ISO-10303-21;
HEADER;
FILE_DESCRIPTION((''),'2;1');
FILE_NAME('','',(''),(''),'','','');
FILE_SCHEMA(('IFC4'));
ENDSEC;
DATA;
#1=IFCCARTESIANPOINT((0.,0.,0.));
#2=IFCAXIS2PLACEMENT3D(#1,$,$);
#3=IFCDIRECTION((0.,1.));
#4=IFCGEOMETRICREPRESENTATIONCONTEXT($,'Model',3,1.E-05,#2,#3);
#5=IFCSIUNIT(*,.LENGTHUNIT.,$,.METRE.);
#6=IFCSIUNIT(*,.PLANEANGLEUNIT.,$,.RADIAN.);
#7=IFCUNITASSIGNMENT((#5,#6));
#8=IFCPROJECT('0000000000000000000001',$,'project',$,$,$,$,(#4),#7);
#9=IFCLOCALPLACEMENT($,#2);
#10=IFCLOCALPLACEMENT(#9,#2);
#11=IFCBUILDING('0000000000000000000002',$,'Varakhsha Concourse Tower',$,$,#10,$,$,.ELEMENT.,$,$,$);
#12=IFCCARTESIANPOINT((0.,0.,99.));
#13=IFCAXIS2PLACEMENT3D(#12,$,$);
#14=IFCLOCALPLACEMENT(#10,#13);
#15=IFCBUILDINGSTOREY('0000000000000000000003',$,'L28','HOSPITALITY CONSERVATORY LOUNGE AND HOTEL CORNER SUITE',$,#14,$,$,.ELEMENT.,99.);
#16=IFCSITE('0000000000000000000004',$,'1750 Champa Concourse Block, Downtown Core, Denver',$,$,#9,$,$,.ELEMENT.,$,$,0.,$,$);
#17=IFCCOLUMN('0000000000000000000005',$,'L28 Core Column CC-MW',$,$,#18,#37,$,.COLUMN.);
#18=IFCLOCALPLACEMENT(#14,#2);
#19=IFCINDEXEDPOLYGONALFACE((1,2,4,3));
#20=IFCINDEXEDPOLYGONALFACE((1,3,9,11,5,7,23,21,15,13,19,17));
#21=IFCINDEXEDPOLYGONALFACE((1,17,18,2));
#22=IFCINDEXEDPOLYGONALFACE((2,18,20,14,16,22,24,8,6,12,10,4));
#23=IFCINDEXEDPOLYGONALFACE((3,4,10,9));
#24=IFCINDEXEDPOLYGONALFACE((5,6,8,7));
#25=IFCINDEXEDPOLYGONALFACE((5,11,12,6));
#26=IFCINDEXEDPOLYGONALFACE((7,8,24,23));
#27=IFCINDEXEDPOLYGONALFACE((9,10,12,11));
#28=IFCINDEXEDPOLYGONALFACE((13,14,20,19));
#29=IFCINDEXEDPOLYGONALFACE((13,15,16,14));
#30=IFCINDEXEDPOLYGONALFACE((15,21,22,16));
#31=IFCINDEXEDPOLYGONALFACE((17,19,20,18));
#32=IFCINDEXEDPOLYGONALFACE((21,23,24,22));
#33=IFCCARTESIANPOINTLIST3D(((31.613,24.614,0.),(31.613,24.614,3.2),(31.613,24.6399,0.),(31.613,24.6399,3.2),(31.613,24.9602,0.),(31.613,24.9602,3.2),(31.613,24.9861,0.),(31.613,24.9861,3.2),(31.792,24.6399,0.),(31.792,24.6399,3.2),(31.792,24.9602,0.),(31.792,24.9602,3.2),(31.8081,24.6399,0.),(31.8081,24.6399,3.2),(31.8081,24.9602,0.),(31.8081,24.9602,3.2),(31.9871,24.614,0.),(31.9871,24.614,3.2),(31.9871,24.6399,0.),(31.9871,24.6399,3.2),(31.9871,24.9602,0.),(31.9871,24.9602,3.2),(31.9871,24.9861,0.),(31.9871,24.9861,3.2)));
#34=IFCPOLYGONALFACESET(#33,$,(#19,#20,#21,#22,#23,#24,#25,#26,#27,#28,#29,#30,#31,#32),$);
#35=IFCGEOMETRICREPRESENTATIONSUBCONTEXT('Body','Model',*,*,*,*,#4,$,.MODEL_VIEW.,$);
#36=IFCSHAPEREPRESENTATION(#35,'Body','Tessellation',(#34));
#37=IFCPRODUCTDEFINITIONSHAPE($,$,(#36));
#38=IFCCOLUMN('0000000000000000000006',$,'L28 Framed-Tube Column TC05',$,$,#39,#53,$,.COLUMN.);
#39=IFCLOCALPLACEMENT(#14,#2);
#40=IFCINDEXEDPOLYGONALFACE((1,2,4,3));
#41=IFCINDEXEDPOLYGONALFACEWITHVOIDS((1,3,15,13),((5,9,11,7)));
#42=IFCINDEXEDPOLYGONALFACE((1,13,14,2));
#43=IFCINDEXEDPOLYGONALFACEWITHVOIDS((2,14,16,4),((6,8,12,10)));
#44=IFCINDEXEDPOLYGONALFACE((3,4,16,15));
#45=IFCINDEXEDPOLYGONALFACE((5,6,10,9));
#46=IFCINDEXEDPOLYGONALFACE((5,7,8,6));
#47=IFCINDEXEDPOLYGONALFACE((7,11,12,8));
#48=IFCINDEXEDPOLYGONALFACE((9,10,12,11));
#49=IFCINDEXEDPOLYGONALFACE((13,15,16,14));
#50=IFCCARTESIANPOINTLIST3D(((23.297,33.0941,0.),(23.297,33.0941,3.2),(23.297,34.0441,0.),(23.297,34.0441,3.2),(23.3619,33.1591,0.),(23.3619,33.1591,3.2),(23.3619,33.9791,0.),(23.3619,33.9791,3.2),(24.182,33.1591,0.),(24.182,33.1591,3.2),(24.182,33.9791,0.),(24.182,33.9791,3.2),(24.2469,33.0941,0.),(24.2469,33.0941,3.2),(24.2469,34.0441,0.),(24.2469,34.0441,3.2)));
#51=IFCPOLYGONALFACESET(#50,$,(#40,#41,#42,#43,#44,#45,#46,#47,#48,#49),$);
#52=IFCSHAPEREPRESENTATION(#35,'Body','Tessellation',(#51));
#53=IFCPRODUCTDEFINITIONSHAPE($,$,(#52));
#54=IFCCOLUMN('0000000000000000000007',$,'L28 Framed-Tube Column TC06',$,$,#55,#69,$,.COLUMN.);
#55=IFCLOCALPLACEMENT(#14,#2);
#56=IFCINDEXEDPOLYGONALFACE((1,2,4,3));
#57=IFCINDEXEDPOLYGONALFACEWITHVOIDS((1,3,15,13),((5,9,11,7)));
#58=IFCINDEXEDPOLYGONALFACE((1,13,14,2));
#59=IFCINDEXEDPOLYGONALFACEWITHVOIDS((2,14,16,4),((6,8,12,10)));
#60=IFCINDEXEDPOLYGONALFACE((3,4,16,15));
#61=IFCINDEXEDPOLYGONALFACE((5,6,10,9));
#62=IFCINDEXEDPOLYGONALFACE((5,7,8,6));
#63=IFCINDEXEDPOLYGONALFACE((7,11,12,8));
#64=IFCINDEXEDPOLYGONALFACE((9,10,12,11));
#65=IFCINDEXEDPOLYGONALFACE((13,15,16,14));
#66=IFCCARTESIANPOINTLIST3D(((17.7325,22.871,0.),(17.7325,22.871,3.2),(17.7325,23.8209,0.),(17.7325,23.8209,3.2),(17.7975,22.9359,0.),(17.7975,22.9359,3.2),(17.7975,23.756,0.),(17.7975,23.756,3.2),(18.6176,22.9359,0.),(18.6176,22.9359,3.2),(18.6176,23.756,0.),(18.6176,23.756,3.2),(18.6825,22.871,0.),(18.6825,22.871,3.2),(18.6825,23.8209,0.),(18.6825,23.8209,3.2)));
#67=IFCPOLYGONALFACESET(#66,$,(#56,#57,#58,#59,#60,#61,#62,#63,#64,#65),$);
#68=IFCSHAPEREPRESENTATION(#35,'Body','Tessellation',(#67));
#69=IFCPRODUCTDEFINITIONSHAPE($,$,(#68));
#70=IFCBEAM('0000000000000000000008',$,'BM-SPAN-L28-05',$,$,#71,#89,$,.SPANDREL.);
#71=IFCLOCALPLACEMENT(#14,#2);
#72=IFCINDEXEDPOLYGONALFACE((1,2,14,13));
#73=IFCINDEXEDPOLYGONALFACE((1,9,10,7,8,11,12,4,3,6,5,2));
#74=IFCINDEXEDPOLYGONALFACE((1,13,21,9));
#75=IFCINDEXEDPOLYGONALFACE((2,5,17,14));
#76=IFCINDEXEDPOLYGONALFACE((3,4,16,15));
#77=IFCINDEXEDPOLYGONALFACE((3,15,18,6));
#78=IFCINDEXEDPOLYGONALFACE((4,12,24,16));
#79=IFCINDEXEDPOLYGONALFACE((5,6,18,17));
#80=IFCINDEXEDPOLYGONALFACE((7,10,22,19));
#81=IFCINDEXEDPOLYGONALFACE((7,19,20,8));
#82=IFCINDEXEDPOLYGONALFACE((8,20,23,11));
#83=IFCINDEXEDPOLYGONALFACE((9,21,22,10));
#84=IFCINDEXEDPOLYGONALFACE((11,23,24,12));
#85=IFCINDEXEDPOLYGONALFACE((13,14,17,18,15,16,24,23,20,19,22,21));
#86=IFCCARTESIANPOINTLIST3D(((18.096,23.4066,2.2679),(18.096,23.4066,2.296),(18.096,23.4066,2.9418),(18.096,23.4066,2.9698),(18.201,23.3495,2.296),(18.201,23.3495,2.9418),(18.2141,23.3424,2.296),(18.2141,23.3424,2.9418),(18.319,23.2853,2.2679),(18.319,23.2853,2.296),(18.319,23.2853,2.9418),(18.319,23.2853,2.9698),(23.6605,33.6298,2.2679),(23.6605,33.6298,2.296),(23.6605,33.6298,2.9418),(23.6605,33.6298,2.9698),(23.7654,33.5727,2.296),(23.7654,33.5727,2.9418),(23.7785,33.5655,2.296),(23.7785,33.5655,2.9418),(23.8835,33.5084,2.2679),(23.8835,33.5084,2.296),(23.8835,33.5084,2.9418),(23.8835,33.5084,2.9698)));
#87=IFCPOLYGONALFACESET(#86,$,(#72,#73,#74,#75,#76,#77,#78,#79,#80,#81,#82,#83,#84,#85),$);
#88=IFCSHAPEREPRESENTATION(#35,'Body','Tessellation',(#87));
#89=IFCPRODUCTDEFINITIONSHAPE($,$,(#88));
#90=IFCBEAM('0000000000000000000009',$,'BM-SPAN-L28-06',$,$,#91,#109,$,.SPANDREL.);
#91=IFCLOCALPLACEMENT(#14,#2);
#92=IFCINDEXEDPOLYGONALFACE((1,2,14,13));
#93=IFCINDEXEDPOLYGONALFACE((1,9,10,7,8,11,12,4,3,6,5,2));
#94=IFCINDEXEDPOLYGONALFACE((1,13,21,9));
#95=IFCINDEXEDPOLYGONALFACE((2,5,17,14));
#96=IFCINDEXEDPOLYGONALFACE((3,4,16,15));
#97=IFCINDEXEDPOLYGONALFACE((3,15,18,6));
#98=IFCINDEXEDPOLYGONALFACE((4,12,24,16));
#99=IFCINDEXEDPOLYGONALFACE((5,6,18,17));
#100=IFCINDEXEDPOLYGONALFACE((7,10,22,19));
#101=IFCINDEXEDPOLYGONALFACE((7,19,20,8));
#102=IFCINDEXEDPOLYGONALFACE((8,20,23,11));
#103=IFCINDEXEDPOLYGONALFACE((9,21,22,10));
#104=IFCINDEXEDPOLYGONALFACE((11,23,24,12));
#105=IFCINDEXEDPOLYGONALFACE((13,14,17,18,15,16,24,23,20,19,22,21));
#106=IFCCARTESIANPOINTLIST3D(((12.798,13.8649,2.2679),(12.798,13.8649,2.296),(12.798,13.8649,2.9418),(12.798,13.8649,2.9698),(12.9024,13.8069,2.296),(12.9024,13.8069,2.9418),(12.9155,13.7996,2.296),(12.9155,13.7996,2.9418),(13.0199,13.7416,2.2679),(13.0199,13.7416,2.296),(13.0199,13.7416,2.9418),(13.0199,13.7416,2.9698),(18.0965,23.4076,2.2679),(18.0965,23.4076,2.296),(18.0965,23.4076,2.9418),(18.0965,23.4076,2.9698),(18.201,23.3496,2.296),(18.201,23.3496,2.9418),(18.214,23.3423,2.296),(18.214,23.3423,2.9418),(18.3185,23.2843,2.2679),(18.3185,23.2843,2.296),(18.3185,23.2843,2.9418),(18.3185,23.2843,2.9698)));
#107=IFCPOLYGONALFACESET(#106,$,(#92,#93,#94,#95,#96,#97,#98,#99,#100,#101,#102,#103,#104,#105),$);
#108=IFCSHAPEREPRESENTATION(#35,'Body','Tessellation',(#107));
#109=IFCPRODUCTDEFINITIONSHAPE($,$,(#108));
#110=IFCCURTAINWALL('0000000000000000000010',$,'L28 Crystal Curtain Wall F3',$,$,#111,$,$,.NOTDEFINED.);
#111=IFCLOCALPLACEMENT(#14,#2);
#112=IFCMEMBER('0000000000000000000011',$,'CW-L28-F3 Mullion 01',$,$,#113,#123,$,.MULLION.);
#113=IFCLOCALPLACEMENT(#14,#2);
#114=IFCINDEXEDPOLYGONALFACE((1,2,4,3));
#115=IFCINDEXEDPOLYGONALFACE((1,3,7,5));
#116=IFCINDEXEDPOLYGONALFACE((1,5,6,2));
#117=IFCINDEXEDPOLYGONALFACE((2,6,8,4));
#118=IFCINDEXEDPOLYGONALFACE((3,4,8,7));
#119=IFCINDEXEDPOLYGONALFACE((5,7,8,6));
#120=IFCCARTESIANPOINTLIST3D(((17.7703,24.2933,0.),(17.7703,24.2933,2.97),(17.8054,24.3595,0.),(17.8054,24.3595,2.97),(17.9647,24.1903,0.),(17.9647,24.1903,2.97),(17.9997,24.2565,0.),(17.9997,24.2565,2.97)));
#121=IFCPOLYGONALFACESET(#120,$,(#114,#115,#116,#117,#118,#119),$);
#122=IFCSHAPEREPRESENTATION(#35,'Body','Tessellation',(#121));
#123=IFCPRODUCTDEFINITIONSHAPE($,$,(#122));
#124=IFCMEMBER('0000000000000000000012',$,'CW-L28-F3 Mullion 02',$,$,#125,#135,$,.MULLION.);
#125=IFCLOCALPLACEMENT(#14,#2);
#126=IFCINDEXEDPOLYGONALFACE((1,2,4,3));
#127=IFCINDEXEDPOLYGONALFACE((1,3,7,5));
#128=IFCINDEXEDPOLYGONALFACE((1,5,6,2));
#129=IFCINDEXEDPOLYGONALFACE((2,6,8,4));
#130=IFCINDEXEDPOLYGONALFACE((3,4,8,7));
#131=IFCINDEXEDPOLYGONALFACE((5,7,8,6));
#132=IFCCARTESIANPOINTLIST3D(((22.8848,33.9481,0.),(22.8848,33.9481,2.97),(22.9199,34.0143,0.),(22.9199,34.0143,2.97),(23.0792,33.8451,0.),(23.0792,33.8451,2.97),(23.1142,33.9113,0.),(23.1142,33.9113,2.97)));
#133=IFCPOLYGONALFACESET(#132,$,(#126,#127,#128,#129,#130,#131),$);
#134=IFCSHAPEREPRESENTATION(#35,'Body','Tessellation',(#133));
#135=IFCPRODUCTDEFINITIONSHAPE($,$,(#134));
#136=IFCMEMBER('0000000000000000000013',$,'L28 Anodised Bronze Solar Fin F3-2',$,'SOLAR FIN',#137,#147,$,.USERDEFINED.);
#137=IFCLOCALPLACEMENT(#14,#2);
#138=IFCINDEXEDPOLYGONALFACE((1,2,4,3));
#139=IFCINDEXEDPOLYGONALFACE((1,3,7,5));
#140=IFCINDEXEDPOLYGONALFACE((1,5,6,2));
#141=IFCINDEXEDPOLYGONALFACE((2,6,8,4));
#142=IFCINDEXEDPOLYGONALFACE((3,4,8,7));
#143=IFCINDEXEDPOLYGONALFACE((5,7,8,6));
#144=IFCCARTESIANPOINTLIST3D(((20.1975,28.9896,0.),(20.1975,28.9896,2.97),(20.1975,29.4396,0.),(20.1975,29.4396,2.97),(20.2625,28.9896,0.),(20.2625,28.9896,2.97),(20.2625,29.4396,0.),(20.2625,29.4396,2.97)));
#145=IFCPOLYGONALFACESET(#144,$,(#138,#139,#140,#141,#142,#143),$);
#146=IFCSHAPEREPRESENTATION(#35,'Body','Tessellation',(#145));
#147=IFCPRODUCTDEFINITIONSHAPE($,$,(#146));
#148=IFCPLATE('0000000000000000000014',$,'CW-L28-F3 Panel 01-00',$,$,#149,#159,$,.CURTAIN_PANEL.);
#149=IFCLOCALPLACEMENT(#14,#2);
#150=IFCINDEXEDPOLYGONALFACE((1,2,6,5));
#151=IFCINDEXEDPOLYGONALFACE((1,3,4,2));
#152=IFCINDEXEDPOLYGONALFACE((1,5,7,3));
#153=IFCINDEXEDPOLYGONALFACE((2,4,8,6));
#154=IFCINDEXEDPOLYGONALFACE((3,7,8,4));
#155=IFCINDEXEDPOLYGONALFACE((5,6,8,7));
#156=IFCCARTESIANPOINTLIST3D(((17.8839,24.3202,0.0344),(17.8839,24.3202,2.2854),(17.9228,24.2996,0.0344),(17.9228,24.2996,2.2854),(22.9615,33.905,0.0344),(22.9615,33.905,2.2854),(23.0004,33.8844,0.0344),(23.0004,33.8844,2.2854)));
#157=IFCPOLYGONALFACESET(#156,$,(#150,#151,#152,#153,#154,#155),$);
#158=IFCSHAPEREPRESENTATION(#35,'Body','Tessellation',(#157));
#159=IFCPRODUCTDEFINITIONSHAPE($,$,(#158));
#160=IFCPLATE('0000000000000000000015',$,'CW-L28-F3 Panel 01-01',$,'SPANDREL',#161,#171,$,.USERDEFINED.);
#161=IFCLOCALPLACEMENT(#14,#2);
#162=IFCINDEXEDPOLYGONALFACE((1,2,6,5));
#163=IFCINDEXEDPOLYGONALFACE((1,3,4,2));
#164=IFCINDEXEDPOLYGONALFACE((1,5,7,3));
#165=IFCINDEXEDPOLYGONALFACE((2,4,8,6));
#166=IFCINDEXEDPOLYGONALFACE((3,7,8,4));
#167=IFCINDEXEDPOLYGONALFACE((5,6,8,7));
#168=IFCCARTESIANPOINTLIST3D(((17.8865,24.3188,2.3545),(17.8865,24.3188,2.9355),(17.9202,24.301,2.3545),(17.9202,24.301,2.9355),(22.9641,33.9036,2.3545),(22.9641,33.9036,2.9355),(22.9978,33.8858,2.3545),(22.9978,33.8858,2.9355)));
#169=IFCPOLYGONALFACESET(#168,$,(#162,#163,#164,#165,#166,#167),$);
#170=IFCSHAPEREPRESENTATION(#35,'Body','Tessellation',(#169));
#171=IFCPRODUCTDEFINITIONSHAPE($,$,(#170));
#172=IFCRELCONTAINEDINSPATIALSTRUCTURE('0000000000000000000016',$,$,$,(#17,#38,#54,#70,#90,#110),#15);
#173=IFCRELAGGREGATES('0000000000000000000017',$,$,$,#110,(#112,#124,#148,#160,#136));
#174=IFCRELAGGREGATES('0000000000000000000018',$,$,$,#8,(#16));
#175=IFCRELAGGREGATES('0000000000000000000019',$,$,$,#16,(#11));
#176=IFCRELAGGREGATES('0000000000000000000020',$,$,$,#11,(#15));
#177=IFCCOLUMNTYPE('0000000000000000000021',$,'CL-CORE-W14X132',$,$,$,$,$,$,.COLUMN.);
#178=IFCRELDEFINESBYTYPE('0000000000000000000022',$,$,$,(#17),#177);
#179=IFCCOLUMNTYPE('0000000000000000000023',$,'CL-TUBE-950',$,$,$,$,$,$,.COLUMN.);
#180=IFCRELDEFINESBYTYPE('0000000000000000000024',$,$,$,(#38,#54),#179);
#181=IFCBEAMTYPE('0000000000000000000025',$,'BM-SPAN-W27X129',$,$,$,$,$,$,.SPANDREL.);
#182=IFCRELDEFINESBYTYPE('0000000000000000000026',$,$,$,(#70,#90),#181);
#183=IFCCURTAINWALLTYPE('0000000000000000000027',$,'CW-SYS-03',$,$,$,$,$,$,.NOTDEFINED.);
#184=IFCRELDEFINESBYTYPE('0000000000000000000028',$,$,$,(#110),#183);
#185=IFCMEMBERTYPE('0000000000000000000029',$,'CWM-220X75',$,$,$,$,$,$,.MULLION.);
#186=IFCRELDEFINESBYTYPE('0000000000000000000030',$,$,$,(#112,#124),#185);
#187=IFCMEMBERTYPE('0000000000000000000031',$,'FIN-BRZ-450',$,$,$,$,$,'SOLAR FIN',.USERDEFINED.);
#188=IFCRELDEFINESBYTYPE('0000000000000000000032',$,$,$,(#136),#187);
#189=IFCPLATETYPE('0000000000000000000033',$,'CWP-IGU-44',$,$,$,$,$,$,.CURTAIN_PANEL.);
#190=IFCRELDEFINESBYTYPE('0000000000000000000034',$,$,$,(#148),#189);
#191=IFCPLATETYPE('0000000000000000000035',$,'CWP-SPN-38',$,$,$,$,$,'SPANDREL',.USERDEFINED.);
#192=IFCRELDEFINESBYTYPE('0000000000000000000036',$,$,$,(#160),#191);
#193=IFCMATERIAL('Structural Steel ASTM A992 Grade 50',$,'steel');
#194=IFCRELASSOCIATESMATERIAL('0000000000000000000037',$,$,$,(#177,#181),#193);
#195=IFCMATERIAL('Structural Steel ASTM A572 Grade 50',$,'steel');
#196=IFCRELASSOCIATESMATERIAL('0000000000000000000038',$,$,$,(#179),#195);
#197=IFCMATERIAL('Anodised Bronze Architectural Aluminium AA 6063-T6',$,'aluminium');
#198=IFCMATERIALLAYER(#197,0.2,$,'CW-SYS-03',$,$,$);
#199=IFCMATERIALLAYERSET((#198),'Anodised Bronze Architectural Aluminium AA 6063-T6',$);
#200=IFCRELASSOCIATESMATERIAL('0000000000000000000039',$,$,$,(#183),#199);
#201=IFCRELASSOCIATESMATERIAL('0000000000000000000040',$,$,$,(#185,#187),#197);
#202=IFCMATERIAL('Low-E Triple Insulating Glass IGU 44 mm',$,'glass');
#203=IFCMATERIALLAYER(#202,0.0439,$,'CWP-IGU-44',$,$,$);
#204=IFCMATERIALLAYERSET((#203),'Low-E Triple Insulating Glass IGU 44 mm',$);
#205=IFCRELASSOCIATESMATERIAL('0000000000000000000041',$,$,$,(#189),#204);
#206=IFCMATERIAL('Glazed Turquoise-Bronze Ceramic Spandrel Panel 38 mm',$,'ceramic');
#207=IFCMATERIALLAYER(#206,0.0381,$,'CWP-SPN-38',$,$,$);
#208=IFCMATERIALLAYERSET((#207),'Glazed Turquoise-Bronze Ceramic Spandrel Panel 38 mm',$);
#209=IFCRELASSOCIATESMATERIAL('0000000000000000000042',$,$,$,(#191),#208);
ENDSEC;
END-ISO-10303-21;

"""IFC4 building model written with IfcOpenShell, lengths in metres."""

from ifc_helpers import new_model, si_unit, direction, frame, origin, origin_2d, place, context, subcontext, project, spatial, rectangle, hollow_rectangle, i_section, extrude, source, transform, mapped, material, layer, layer_set, material_profile, profile_set, type_object, type_shapes, element, aggregate, save


model = new_model("IFC4")

# Units and contexts
model_context = context("Model", 3, precision=1e-05, world=origin(), true_north=direction((0.0, 1.0)))
body_context = subcontext(model_context, "Body", "Model", "MODEL_VIEW")
ifc_project = project(units=[si_unit("LENGTHUNIT", "METRE"), si_unit("PLANEANGLEUNIT", "RADIAN")], contexts=[model_context])

# Site, building, storey
site_placement = place(None, origin())
site = spatial("IfcSite", under=ifc_project, at=site_placement, Name="1750 Champa Concourse Block, Downtown Core, Denver", CompositionType="ELEMENT", RefElevation=0.0)
building_placement = place(site_placement, origin())
building = spatial("IfcBuilding", under=site, at=building_placement, Name="Varakhsha Concourse Tower", CompositionType="ELEMENT")
storey_placement = place(building_placement, frame((0.0, 0.0, 99.0)))
storey = spatial("IfcBuildingStorey", under=building, at=storey_placement, Name="L28", Description="HOSPITALITY CONSERVATORY LOUNGE AND HOTEL CORNER SUITE", CompositionType="ELEMENT", Elevation=99.0)

# Columns
ifc_material_1 = material(Name="Structural Steel ASTM A992 Grade 50", Category="steel")
ifc_material_profile_1 = material_profile(ifc_material_1, i_section(OverallWidth=0.374, OverallDepth=0.3721, WebThickness=0.0161, FlangeThickness=0.0259, at=origin_2d()), Name="W14X132")
ifc_profile_set_1 = profile_set([ifc_material_profile_1], Name="Structural Steel ASTM A992 Grade 50")
column_type_1 = type_object("IfcColumnType", Name="CL-CORE-W14X132", PredefinedType="COLUMN", material=ifc_profile_set_1)
column_placement = place(storey_placement, frame((31.8, 24.8, 0.0), z_axis=(0.0, 0.0, 1.0), x_axis=(1.0, 0.0, 0.0)))
element("IfcColumn", 1, at=column_placement, inside=storey, type_object=column_type_1, Name="L28 Core Column CC-MW", PredefinedType="COLUMN", context=body_context, shape_type="SweptSolid", body=[
    extrude(i_section(OverallWidth=0.374, OverallDepth=0.3721, WebThickness=0.0161, FlangeThickness=0.0259, at=origin_2d()), origin(), (0.0, 0.0, 1.0), 3.2),
])
ifc_material_2 = material(Name="Structural Steel ASTM A572 Grade 50", Category="steel")
ifc_material_profile_2 = material_profile(ifc_material_2, hollow_rectangle(XDim=0.95, YDim=0.95, WallThickness=0.0649, at=origin_2d()), Name="BOX 950x950x65")
ifc_profile_set_2 = profile_set([ifc_material_profile_2], Name="Structural Steel ASTM A572 Grade 50")
column_type_2 = type_object("IfcColumnType", Name="CL-TUBE-950", PredefinedType="COLUMN", material=ifc_profile_set_2)
for number, where, z_axis, x_axis, name in (
    (2, (23.772, 33.5691, 0.0), (0.0, 0.0, 1.0), (1.0, 0.0, 0.0), "L28 Framed-Tube Column TC05"),
    (3, (18.2075, 23.3459, 0.0), (0.0, 0.0, 1.0), (1.0, 0.0, 0.0), "L28 Framed-Tube Column TC06"),
):
    element("IfcColumn", number, at=place(storey_placement, frame(where, z_axis=z_axis, x_axis=x_axis)), inside=storey, type_object=column_type_2, Name=name, PredefinedType="COLUMN", context=body_context, shape_type="SweptSolid", body=[
        extrude(hollow_rectangle(XDim=0.95, YDim=0.95, WallThickness=0.0649, at=origin_2d()), origin(), (0.0, 0.0, 1.0), 3.2),
    ])

# Beams
ifc_material_profile_3 = material_profile(ifc_material_1, i_section(OverallWidth=0.2539, OverallDepth=0.7019, WebThickness=0.0149, FlangeThickness=0.0281, at=origin_2d()), Name="W27X129")
ifc_profile_set_3 = profile_set([ifc_material_profile_3], Name="Structural Steel ASTM A992 Grade 50")
beam_type = type_object("IfcBeamType", Name="BM-SPAN-W27X129", PredefinedType="SPANDREL", material=ifc_profile_set_3)
beam_1_placement = place(storey_placement, frame((23.772, 33.5691, 2.6189), z_axis=(-0.47807, -0.878322, 0.0), x_axis=(0.878322, -0.47807, 0.0)))
element("IfcBeam", 4, at=beam_1_placement, inside=storey, type_object=beam_type, Name="BM-SPAN-L28-05", PredefinedType="SPANDREL", context=body_context, shape_type="SweptSolid", body=[
    extrude(i_section(OverallWidth=0.2539, OverallDepth=0.7019, WebThickness=0.0149, FlangeThickness=0.0281, at=origin_2d()), origin(), (0.0, 0.0, 1.0), 11.6394),
])
beam_2_placement = place(storey_placement, frame((18.2075, 23.3459, 2.6189), z_axis=(-0.485438, -0.874271, 0.0), x_axis=(0.874271, -0.485438, 0.0)))
element("IfcBeam", 5, at=beam_2_placement, inside=storey, type_object=beam_type, Name="BM-SPAN-L28-06", PredefinedType="SPANDREL", context=body_context, shape_type="SweptSolid", body=[
    extrude(i_section(OverallWidth=0.2539, OverallDepth=0.7019, WebThickness=0.0149, FlangeThickness=0.0281, at=origin_2d()), origin(), (0.0, 0.0, 1.0), 10.915),
])

# Curtain wall, members, plates
ifc_material_3 = material(Name="Anodised Bronze Architectural Aluminium AA 6063-T6", Category="aluminium")
ifc_layer_1 = layer(ifc_material_3, 0.2, Name="CW-SYS-03")
ifc_layer_set_1 = layer_set([ifc_layer_1], Name="Anodised Bronze Architectural Aluminium AA 6063-T6")
curtain_wall_type = type_object("IfcCurtainWallType", Name="CW-SYS-03", PredefinedType="NOTDEFINED", material=ifc_layer_set_1)
curtain_wall_placement = place(storey_placement, origin())
curtain_wall = element("IfcCurtainWall", 6, at=curtain_wall_placement, inside=storey, type_object=curtain_wall_type, Name="L28 Crystal Curtain Wall F3", PredefinedType="NOTDEFINED")
ifc_material_profile_4 = material_profile(ifc_material_3, rectangle(XDim=0.075, YDim=0.22, at=origin_2d()), Name="CWM-220X75")
ifc_profile_set_4 = profile_set([ifc_material_profile_4], Name="Anodised Bronze Architectural Aluminium AA 6063-T6")
member_type_1 = type_object("IfcMemberType", Name="CWM-220X75", PredefinedType="MULLION", material=ifc_profile_set_4)
shared_shape_1 = source(origin(), body_context, "Body", "SweptSolid", [
    extrude(rectangle(XDim=0.075, YDim=0.22, at=origin_2d()), origin(), (0.0, 0.0, 1.0), 2.97),
])
type_shapes(member_type_1, [shared_shape_1])
member_1_placement = place(storey_placement, frame((17.885, 24.2749, 0.0), z_axis=(0.0, 0.0, 1.0), x_axis=(0.468124, 0.883663, 0.0)))
member_1 = element("IfcMember", 7, at=member_1_placement, type_object=member_type_1, Name="CW-L28-F3 Mullion 01", PredefinedType="MULLION", context=body_context, shape_type="MappedRepresentation", body=[
    mapped(shared_shape_1, transform((0.0, 0.0, 0.0), scale=1.0)),
])
member_2_placement = place(storey_placement, frame((22.9995, 33.9297, 0.0), z_axis=(0.0, 0.0, 1.0), x_axis=(0.468124, 0.883663, 0.0)))
member_2 = element("IfcMember", 8, at=member_2_placement, type_object=member_type_1, Name="CW-L28-F3 Mullion 02", PredefinedType="MULLION", context=body_context, shape_type="MappedRepresentation", body=[
    mapped(shared_shape_1, transform((0.0, 0.0, 0.0), scale=1.0)),
])
ifc_material_profile_5 = material_profile(ifc_material_3, rectangle(XDim=0.0649, YDim=0.45, at=origin_2d()), Name="FIN-BRZ-450")
ifc_profile_set_5 = profile_set([ifc_material_profile_5], Name="Anodised Bronze Architectural Aluminium AA 6063-T6")
member_type_2 = type_object("IfcMemberType", Name="FIN-BRZ-450", ElementType="SOLAR FIN", PredefinedType="USERDEFINED", material=ifc_profile_set_5)
shared_shape_2 = source(origin(), body_context, "Body", "SweptSolid", [
    extrude(rectangle(XDim=0.0649, YDim=0.45, at=origin_2d()), origin(), (0.0, 0.0, 1.0), 2.97),
])
type_shapes(member_type_2, [shared_shape_2])
member_3_placement = place(storey_placement, frame((20.23, 29.2146, 0.0), z_axis=(0.0, 0.0, 1.0), x_axis=(1.0, 0.0, 0.0)))
member_3 = element("IfcMember", 9, at=member_3_placement, type_object=member_type_2, Name="L28 Anodised Bronze Solar Fin F3-2", ObjectType="SOLAR FIN", PredefinedType="USERDEFINED", context=body_context, shape_type="MappedRepresentation", body=[
    mapped(shared_shape_2, transform((0.0, 0.0, 0.0), scale=1.0)),
])
ifc_material_4 = material(Name="Low-E Triple Insulating Glass IGU 44 mm", Category="glass")
ifc_layer_2 = layer(ifc_material_4, 0.0439, Name="CWP-IGU-44")
ifc_layer_set_2 = layer_set([ifc_layer_2], Name="Low-E Triple Insulating Glass IGU 44 mm")
plate_type_1 = type_object("IfcPlateType", Name="CWP-IGU-44", PredefinedType="CURTAIN_PANEL", material=ifc_layer_set_2)
shared_shape_3 = source(origin(), body_context, "Body", "SweptSolid", [
    extrude(rectangle(XDim=10.8467, YDim=0.0439, at=origin_2d()), origin(), (0.0, 0.0, 1.0), 2.251),
])
type_shapes(plate_type_1, [shared_shape_3])
plate_1_placement = place(storey_placement, frame((20.4421, 29.1023, 0.0344), z_axis=(0.0, 0.0, 1.0), x_axis=(0.468124, 0.883663, 0.0)))
plate_1 = element("IfcPlate", 10, at=plate_1_placement, type_object=plate_type_1, Name="CW-L28-F3 Panel 01-00", PredefinedType="CURTAIN_PANEL", context=body_context, shape_type="MappedRepresentation", body=[
    mapped(shared_shape_3, transform((0.0, 0.0, 0.0), scale=1.0)),
])
ifc_material_5 = material(Name="Glazed Turquoise-Bronze Ceramic Spandrel Panel 38 mm", Category="ceramic")
ifc_layer_3 = layer(ifc_material_5, 0.0381, Name="CWP-SPN-38")
ifc_layer_set_3 = layer_set([ifc_layer_3], Name="Glazed Turquoise-Bronze Ceramic Spandrel Panel 38 mm")
plate_type_2 = type_object("IfcPlateType", Name="CWP-SPN-38", ElementType="SPANDREL", PredefinedType="USERDEFINED", material=ifc_layer_set_3)
shared_shape_4 = source(origin(), body_context, "Body", "SweptSolid", [
    extrude(rectangle(XDim=10.8467, YDim=0.0381, at=origin_2d()), origin(), (0.0, 0.0, 1.0), 0.5811),
])
type_shapes(plate_type_2, [shared_shape_4])
plate_2_placement = place(storey_placement, frame((20.4421, 29.1023, 2.3545), z_axis=(0.0, 0.0, 1.0), x_axis=(0.468124, 0.883663, 0.0)))
plate_2 = element("IfcPlate", 11, at=plate_2_placement, type_object=plate_type_2, Name="CW-L28-F3 Panel 01-01", ObjectType="SPANDREL", PredefinedType="USERDEFINED", context=body_context, shape_type="MappedRepresentation", body=[
    mapped(shared_shape_4, transform((0.0, 0.0, 0.0), scale=1.0)),
])
aggregate(curtain_wall, [member_1, member_2, plate_1, plate_2, member_3])

save(model, "model.ifc")
